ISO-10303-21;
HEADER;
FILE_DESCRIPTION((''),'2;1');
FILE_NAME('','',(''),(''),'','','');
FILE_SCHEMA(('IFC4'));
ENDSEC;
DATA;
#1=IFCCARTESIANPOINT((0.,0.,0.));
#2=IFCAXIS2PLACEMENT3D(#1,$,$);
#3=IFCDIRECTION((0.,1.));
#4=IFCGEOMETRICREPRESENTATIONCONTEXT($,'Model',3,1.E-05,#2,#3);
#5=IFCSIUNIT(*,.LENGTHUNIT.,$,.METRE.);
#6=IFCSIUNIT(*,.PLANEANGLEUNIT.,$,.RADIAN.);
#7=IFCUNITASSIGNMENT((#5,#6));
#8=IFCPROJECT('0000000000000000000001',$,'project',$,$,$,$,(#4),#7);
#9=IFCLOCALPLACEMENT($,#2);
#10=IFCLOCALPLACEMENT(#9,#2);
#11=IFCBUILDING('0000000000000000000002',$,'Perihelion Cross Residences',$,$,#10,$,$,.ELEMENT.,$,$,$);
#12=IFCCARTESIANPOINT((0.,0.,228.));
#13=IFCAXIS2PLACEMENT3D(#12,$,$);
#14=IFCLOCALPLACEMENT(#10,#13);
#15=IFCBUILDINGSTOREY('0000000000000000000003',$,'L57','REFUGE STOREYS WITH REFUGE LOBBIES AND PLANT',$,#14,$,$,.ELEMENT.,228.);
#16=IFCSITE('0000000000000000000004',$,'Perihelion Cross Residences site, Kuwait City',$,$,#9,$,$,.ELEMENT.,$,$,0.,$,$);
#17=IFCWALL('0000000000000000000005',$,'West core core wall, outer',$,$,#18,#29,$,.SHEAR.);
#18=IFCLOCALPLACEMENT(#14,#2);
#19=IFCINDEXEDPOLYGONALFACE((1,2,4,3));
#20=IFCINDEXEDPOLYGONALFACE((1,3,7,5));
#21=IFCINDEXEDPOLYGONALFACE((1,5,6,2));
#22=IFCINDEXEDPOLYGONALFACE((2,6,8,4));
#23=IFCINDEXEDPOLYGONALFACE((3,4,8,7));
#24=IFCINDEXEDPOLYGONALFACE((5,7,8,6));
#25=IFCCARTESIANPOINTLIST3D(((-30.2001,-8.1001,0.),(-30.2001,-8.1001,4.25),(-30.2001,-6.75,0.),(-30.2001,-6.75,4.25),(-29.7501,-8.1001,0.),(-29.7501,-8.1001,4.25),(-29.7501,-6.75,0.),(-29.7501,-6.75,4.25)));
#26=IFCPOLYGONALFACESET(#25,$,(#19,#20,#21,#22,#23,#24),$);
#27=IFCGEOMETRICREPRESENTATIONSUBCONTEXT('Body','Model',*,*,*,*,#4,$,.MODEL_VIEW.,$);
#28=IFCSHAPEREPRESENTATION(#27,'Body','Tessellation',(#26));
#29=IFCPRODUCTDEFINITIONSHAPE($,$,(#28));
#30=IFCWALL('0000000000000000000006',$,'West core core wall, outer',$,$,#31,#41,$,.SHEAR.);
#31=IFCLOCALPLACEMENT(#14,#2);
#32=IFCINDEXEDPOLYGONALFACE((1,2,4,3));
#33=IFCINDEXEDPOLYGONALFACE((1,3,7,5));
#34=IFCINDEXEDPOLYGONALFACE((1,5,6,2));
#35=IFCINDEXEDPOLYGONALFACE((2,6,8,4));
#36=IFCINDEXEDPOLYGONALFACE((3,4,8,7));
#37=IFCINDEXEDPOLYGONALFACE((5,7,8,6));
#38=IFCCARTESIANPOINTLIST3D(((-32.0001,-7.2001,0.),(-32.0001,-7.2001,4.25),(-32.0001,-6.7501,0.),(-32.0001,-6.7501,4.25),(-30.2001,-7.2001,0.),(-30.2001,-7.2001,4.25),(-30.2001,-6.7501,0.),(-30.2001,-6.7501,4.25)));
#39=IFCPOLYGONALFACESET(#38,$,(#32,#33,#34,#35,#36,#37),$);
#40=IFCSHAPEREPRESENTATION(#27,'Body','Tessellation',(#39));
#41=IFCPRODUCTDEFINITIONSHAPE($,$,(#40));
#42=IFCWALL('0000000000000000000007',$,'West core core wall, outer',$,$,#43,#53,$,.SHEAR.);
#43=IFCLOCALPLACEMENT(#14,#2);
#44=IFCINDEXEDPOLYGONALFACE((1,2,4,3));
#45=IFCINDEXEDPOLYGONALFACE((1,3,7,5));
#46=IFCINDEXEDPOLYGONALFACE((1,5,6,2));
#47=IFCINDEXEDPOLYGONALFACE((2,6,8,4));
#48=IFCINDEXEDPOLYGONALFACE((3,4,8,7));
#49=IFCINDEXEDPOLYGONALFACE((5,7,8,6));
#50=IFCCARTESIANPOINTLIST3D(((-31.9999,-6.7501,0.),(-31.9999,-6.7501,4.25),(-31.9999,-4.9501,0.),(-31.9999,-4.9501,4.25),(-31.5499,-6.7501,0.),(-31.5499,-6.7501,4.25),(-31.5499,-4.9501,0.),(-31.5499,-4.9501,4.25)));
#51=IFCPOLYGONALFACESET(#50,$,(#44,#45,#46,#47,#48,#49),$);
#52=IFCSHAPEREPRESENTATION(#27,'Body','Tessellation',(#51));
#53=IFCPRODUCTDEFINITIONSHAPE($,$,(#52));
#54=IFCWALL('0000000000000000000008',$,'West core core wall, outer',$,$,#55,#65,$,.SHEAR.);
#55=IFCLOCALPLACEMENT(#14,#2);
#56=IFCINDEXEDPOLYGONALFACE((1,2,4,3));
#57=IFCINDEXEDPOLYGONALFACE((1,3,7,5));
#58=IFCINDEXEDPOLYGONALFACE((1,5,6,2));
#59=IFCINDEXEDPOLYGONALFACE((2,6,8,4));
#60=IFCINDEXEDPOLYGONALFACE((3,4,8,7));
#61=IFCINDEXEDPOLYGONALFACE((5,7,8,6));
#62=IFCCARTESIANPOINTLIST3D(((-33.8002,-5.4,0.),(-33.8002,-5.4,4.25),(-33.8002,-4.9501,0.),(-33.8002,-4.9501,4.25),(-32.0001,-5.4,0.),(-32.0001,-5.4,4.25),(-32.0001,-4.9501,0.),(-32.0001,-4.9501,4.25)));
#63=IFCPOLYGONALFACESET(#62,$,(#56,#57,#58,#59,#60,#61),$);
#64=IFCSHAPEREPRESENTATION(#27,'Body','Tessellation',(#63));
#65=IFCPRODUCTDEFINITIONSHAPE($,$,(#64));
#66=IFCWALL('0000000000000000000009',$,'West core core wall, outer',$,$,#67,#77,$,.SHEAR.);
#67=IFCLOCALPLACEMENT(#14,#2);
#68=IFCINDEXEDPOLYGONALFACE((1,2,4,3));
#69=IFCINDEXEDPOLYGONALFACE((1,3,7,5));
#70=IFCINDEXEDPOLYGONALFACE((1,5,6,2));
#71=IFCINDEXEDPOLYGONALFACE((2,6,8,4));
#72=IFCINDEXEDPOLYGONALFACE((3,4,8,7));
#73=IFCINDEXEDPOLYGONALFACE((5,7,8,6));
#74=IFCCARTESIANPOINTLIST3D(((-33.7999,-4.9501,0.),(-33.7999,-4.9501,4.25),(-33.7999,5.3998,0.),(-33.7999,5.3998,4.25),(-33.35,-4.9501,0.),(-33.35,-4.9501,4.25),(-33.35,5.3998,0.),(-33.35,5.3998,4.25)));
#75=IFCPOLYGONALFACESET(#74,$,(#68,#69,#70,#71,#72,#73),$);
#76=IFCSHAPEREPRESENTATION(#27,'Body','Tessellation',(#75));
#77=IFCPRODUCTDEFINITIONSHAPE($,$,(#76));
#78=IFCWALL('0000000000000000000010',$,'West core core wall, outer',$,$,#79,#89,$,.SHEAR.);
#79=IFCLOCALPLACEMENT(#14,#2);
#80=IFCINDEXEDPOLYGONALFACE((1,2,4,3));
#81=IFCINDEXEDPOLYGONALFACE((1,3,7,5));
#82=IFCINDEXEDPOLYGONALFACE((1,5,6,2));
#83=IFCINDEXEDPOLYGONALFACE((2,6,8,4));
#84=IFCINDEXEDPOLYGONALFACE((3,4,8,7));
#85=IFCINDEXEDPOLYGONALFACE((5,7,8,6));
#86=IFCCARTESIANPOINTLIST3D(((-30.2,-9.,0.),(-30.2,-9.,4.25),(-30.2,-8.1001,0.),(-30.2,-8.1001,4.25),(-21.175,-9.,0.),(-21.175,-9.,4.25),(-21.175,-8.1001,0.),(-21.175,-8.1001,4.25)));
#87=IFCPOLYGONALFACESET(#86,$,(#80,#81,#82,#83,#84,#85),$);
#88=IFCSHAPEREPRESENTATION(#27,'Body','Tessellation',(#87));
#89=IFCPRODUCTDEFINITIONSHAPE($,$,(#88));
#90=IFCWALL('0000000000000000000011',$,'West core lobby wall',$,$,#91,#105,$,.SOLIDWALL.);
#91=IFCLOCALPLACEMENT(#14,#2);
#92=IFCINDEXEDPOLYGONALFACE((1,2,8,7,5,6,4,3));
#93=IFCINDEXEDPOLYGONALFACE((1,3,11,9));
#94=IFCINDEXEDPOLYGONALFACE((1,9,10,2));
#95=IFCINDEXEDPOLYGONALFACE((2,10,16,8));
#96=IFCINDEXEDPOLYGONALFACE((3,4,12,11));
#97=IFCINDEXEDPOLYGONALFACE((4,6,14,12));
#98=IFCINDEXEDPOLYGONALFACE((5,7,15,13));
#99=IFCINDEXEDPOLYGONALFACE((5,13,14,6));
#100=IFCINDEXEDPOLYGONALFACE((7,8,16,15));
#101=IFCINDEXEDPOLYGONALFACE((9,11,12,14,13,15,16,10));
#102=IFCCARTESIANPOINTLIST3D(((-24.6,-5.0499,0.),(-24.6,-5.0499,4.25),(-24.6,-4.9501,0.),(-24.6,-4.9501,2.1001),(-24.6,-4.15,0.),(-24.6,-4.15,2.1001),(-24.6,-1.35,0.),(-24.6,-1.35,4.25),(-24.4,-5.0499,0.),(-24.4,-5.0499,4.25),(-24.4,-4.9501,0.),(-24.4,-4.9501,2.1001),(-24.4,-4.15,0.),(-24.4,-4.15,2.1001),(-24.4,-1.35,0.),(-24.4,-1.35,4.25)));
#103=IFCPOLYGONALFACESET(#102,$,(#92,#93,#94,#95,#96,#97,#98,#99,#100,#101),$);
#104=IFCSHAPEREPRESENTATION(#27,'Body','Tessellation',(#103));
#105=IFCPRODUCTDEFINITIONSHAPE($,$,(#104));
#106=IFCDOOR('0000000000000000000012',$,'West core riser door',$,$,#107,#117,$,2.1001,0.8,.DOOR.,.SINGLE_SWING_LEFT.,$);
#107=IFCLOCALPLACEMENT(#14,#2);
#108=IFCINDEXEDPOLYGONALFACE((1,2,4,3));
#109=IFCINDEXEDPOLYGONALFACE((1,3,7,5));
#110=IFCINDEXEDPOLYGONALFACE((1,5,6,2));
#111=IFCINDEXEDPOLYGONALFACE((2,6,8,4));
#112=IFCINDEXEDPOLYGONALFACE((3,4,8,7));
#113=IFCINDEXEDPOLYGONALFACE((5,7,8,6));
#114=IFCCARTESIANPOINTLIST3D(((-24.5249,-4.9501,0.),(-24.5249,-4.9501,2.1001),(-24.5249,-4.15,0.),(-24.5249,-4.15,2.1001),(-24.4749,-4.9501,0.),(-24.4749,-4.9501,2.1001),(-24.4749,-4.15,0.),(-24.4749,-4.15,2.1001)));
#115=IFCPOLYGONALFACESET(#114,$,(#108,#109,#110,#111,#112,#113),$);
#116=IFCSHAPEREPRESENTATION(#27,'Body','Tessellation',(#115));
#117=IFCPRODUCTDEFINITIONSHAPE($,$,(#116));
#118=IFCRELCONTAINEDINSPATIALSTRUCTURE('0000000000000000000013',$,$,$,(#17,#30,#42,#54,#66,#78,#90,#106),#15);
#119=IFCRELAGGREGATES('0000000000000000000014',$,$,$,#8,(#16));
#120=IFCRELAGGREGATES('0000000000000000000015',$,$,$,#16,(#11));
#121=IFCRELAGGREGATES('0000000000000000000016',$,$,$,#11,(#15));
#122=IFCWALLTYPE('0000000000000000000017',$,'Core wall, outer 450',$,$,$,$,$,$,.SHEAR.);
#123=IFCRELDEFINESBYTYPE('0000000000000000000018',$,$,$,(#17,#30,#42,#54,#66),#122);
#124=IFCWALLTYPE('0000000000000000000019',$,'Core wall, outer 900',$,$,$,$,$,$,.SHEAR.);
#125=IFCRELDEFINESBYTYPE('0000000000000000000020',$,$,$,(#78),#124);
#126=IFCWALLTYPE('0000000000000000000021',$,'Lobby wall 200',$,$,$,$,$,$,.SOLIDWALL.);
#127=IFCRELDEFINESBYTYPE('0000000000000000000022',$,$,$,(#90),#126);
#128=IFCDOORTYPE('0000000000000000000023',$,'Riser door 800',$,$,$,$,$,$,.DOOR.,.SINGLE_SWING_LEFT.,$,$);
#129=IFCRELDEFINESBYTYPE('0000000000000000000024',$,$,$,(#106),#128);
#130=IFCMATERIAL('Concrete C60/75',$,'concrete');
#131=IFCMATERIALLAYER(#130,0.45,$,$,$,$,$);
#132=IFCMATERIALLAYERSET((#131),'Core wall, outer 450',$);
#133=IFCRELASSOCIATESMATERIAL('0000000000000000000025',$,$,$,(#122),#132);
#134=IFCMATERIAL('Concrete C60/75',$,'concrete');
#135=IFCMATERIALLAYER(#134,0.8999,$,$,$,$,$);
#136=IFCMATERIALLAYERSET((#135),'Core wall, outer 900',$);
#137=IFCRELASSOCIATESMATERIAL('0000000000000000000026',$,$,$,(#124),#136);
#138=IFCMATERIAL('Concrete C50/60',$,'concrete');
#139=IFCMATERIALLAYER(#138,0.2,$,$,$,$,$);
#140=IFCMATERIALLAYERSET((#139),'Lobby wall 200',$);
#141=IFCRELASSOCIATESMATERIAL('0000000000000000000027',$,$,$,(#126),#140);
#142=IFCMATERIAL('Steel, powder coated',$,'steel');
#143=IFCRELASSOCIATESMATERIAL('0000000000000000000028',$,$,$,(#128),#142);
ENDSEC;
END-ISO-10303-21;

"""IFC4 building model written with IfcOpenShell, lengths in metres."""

from ifc_helpers import new_model, si_unit, direction, frame, frame_2d, origin, place, context, subcontext, project, spatial, rectangle, extrude, material, layer, layer_set, type_object, element, fill, save


model = new_model("IFC4")

# Units and contexts
model_context = context("Model", 3, precision=1e-05, world=origin(), true_north=direction((0.0, 1.0)))
body_context = subcontext(model_context, "Body", "Model", "MODEL_VIEW")
ifc_project = project(units=[si_unit("LENGTHUNIT", "METRE"), si_unit("PLANEANGLEUNIT", "RADIAN")], contexts=[model_context])

# Site, building, storey
site_placement = place(None, origin())
site = spatial("IfcSite", under=ifc_project, at=site_placement, Name="Perihelion Cross Residences site, Kuwait City", CompositionType="ELEMENT", RefElevation=0.0)
building_placement = place(site_placement, origin())
building = spatial("IfcBuilding", under=site, at=building_placement, Name="Perihelion Cross Residences", CompositionType="ELEMENT")
storey_placement = place(building_placement, frame((0.0, 0.0, 228.0)))
storey = spatial("IfcBuildingStorey", under=building, at=storey_placement, Name="L57", Description="REFUGE STOREYS WITH REFUGE LOBBIES AND PLANT", CompositionType="ELEMENT", Elevation=228.0)

# Walls
ifc_material_1 = material(Name="Concrete C60/75", Category="concrete")
ifc_layer_1 = layer(ifc_material_1, 0.45)
ifc_layer_set_1 = layer_set([ifc_layer_1], Name="Core wall, outer 450")
wall_type_1 = type_object("IfcWallType", Name="Core wall, outer 450", PredefinedType="SHEAR", material=ifc_layer_set_1)
wall_1_placement = place(storey_placement, frame((-29.9751, -8.1001, 0.0), z_axis=(0.0, 0.0, 1.0), x_axis=(0.0, 1.0, 0.0)))
element("IfcWall", 1, at=wall_1_placement, inside=storey, type_object=wall_type_1, Name="West core core wall, outer", PredefinedType="SHEAR", context=body_context, shape_type="SweptSolid", body=[
    extrude(rectangle(XDim=1.3501, YDim=0.45, at=frame_2d((0.675, 0.0))), origin(), (0.0, 0.0, 1.0), 4.25),
])
for number, where, z_axis, x_axis, name in (
    (2, (-32.0, -6.9751, 0.0), (0.0, 0.0, 1.0), (1.0, 0.0, 0.0), "West core core wall, outer"),
    (3, (-31.7749, -6.75, 0.0), (0.0, 0.0, 1.0), (0.0, 1.0, 0.0), "West core core wall, outer"),
    (4, (-33.8, -5.175, 0.0), (0.0, 0.0, 1.0), (1.0, 0.0, 0.0), "West core core wall, outer"),
):
    element("IfcWall", number, at=place(storey_placement, frame(where, z_axis=z_axis, x_axis=x_axis)), inside=storey, type_object=wall_type_1, Name=name, PredefinedType="SHEAR", context=body_context, shape_type="SweptSolid", body=[
        extrude(rectangle(XDim=1.8, YDim=0.45, at=frame_2d((0.8999, 0.0))), origin(), (0.0, 0.0, 1.0), 4.25),
    ])
wall_2_placement = place(storey_placement, frame((-33.575, -4.95, 0.0), z_axis=(0.0, 0.0, 1.0), x_axis=(0.0, 1.0, 0.0)))
element("IfcWall", 5, at=wall_2_placement, inside=storey, type_object=wall_type_1, Name="West core core wall, outer", PredefinedType="SHEAR", context=body_context, shape_type="SweptSolid", body=[
    extrude(rectangle(XDim=10.3499, YDim=0.45, at=frame_2d((5.1748, 0.0))), origin(), (0.0, 0.0, 1.0), 4.25),
])
ifc_material_2 = material(Name="Concrete C60/75", Category="concrete")
ifc_layer_2 = layer(ifc_material_2, 0.8999)
ifc_layer_set_2 = layer_set([ifc_layer_2], Name="Core wall, outer 900")
wall_type_2 = type_object("IfcWallType", Name="Core wall, outer 900", PredefinedType="SHEAR", material=ifc_layer_set_2)
wall_3_placement = place(storey_placement, frame((-30.2, -8.55, 0.0), z_axis=(0.0, 0.0, 1.0), x_axis=(1.0, 0.0, 0.0)))
element("IfcWall", 6, at=wall_3_placement, inside=storey, type_object=wall_type_2, Name="West core core wall, outer", PredefinedType="SHEAR", context=body_context, shape_type="SweptSolid", body=[
    extrude(rectangle(XDim=9.0249, YDim=0.8999, at=frame_2d((4.5125, 0.0))), origin(), (0.0, 0.0, 1.0), 4.25),
])

# Wall, opening, door
ifc_material_3 = material(Name="Concrete C50/60", Category="concrete")
ifc_layer_3 = layer(ifc_material_3, 0.2)
ifc_layer_set_3 = layer_set([ifc_layer_3], Name="Lobby wall 200")
wall_type_3 = type_object("IfcWallType", Name="Lobby wall 200", PredefinedType="SOLIDWALL", material=ifc_layer_set_3)
wall_4_placement = place(storey_placement, frame((-24.5, -5.05, 0.0), z_axis=(0.0, 0.0, 1.0), x_axis=(0.0, 1.0, 0.0)))
wall_4 = element("IfcWall", 7, at=wall_4_placement, inside=storey, type_object=wall_type_3, Name="West core lobby wall", PredefinedType="SOLIDWALL", context=body_context, shape_type="SweptSolid", body=[
    extrude(rectangle(XDim=3.7, YDim=0.2, at=frame_2d((1.8501, 0.0))), origin(), (0.0, 0.0, 1.0), 4.25),
])
opening_1_placement = place(wall_4_placement, frame((0.1001, 0.0, 0.0)))
opening_1 = element("IfcOpeningElement", 8, at=opening_1_placement, cuts=wall_4, PredefinedType="OPENING", context=body_context, shape_type="SweptSolid", body=[
    extrude(rectangle(XDim=0.8, YDim=2.1001, at=frame_2d((0.3999, 1.05))), frame((0.0, 0.1099, 0.0), z_axis=(0.0, -1.0, 0.0), x_axis=(1.0, 0.0, 0.0)), (0.0, 0.0, 1.0), 0.22),
])
ifc_material_4 = material(Name="Steel, powder coated", Category="steel")
door_type_1 = type_object("IfcDoorType", Name="Riser door 800", OperationType="SINGLE_SWING_LEFT", PredefinedType="DOOR", material=ifc_material_4)
door_1_placement = place(opening_1_placement, origin())
door_1 = element("IfcDoor", 9, at=door_1_placement, inside=storey, type_object=door_type_1, Name="West core riser door", OperationType="SINGLE_SWING_LEFT", OverallHeight=2.1001, OverallWidth=0.8, PredefinedType="DOOR", context=body_context, shape_type="SweptSolid", body=[
    extrude(rectangle(XDim=0.8, YDim=2.1001, at=frame_2d((0.3999, 1.05))), frame((0.0, 0.0249, 0.0), z_axis=(0.0, -1.0, 0.0), x_axis=(1.0, 0.0, 0.0)), (0.0, 0.0, 1.0), 0.05),
])
fill(opening_1, door_1)

save(model, "model.ifc")
